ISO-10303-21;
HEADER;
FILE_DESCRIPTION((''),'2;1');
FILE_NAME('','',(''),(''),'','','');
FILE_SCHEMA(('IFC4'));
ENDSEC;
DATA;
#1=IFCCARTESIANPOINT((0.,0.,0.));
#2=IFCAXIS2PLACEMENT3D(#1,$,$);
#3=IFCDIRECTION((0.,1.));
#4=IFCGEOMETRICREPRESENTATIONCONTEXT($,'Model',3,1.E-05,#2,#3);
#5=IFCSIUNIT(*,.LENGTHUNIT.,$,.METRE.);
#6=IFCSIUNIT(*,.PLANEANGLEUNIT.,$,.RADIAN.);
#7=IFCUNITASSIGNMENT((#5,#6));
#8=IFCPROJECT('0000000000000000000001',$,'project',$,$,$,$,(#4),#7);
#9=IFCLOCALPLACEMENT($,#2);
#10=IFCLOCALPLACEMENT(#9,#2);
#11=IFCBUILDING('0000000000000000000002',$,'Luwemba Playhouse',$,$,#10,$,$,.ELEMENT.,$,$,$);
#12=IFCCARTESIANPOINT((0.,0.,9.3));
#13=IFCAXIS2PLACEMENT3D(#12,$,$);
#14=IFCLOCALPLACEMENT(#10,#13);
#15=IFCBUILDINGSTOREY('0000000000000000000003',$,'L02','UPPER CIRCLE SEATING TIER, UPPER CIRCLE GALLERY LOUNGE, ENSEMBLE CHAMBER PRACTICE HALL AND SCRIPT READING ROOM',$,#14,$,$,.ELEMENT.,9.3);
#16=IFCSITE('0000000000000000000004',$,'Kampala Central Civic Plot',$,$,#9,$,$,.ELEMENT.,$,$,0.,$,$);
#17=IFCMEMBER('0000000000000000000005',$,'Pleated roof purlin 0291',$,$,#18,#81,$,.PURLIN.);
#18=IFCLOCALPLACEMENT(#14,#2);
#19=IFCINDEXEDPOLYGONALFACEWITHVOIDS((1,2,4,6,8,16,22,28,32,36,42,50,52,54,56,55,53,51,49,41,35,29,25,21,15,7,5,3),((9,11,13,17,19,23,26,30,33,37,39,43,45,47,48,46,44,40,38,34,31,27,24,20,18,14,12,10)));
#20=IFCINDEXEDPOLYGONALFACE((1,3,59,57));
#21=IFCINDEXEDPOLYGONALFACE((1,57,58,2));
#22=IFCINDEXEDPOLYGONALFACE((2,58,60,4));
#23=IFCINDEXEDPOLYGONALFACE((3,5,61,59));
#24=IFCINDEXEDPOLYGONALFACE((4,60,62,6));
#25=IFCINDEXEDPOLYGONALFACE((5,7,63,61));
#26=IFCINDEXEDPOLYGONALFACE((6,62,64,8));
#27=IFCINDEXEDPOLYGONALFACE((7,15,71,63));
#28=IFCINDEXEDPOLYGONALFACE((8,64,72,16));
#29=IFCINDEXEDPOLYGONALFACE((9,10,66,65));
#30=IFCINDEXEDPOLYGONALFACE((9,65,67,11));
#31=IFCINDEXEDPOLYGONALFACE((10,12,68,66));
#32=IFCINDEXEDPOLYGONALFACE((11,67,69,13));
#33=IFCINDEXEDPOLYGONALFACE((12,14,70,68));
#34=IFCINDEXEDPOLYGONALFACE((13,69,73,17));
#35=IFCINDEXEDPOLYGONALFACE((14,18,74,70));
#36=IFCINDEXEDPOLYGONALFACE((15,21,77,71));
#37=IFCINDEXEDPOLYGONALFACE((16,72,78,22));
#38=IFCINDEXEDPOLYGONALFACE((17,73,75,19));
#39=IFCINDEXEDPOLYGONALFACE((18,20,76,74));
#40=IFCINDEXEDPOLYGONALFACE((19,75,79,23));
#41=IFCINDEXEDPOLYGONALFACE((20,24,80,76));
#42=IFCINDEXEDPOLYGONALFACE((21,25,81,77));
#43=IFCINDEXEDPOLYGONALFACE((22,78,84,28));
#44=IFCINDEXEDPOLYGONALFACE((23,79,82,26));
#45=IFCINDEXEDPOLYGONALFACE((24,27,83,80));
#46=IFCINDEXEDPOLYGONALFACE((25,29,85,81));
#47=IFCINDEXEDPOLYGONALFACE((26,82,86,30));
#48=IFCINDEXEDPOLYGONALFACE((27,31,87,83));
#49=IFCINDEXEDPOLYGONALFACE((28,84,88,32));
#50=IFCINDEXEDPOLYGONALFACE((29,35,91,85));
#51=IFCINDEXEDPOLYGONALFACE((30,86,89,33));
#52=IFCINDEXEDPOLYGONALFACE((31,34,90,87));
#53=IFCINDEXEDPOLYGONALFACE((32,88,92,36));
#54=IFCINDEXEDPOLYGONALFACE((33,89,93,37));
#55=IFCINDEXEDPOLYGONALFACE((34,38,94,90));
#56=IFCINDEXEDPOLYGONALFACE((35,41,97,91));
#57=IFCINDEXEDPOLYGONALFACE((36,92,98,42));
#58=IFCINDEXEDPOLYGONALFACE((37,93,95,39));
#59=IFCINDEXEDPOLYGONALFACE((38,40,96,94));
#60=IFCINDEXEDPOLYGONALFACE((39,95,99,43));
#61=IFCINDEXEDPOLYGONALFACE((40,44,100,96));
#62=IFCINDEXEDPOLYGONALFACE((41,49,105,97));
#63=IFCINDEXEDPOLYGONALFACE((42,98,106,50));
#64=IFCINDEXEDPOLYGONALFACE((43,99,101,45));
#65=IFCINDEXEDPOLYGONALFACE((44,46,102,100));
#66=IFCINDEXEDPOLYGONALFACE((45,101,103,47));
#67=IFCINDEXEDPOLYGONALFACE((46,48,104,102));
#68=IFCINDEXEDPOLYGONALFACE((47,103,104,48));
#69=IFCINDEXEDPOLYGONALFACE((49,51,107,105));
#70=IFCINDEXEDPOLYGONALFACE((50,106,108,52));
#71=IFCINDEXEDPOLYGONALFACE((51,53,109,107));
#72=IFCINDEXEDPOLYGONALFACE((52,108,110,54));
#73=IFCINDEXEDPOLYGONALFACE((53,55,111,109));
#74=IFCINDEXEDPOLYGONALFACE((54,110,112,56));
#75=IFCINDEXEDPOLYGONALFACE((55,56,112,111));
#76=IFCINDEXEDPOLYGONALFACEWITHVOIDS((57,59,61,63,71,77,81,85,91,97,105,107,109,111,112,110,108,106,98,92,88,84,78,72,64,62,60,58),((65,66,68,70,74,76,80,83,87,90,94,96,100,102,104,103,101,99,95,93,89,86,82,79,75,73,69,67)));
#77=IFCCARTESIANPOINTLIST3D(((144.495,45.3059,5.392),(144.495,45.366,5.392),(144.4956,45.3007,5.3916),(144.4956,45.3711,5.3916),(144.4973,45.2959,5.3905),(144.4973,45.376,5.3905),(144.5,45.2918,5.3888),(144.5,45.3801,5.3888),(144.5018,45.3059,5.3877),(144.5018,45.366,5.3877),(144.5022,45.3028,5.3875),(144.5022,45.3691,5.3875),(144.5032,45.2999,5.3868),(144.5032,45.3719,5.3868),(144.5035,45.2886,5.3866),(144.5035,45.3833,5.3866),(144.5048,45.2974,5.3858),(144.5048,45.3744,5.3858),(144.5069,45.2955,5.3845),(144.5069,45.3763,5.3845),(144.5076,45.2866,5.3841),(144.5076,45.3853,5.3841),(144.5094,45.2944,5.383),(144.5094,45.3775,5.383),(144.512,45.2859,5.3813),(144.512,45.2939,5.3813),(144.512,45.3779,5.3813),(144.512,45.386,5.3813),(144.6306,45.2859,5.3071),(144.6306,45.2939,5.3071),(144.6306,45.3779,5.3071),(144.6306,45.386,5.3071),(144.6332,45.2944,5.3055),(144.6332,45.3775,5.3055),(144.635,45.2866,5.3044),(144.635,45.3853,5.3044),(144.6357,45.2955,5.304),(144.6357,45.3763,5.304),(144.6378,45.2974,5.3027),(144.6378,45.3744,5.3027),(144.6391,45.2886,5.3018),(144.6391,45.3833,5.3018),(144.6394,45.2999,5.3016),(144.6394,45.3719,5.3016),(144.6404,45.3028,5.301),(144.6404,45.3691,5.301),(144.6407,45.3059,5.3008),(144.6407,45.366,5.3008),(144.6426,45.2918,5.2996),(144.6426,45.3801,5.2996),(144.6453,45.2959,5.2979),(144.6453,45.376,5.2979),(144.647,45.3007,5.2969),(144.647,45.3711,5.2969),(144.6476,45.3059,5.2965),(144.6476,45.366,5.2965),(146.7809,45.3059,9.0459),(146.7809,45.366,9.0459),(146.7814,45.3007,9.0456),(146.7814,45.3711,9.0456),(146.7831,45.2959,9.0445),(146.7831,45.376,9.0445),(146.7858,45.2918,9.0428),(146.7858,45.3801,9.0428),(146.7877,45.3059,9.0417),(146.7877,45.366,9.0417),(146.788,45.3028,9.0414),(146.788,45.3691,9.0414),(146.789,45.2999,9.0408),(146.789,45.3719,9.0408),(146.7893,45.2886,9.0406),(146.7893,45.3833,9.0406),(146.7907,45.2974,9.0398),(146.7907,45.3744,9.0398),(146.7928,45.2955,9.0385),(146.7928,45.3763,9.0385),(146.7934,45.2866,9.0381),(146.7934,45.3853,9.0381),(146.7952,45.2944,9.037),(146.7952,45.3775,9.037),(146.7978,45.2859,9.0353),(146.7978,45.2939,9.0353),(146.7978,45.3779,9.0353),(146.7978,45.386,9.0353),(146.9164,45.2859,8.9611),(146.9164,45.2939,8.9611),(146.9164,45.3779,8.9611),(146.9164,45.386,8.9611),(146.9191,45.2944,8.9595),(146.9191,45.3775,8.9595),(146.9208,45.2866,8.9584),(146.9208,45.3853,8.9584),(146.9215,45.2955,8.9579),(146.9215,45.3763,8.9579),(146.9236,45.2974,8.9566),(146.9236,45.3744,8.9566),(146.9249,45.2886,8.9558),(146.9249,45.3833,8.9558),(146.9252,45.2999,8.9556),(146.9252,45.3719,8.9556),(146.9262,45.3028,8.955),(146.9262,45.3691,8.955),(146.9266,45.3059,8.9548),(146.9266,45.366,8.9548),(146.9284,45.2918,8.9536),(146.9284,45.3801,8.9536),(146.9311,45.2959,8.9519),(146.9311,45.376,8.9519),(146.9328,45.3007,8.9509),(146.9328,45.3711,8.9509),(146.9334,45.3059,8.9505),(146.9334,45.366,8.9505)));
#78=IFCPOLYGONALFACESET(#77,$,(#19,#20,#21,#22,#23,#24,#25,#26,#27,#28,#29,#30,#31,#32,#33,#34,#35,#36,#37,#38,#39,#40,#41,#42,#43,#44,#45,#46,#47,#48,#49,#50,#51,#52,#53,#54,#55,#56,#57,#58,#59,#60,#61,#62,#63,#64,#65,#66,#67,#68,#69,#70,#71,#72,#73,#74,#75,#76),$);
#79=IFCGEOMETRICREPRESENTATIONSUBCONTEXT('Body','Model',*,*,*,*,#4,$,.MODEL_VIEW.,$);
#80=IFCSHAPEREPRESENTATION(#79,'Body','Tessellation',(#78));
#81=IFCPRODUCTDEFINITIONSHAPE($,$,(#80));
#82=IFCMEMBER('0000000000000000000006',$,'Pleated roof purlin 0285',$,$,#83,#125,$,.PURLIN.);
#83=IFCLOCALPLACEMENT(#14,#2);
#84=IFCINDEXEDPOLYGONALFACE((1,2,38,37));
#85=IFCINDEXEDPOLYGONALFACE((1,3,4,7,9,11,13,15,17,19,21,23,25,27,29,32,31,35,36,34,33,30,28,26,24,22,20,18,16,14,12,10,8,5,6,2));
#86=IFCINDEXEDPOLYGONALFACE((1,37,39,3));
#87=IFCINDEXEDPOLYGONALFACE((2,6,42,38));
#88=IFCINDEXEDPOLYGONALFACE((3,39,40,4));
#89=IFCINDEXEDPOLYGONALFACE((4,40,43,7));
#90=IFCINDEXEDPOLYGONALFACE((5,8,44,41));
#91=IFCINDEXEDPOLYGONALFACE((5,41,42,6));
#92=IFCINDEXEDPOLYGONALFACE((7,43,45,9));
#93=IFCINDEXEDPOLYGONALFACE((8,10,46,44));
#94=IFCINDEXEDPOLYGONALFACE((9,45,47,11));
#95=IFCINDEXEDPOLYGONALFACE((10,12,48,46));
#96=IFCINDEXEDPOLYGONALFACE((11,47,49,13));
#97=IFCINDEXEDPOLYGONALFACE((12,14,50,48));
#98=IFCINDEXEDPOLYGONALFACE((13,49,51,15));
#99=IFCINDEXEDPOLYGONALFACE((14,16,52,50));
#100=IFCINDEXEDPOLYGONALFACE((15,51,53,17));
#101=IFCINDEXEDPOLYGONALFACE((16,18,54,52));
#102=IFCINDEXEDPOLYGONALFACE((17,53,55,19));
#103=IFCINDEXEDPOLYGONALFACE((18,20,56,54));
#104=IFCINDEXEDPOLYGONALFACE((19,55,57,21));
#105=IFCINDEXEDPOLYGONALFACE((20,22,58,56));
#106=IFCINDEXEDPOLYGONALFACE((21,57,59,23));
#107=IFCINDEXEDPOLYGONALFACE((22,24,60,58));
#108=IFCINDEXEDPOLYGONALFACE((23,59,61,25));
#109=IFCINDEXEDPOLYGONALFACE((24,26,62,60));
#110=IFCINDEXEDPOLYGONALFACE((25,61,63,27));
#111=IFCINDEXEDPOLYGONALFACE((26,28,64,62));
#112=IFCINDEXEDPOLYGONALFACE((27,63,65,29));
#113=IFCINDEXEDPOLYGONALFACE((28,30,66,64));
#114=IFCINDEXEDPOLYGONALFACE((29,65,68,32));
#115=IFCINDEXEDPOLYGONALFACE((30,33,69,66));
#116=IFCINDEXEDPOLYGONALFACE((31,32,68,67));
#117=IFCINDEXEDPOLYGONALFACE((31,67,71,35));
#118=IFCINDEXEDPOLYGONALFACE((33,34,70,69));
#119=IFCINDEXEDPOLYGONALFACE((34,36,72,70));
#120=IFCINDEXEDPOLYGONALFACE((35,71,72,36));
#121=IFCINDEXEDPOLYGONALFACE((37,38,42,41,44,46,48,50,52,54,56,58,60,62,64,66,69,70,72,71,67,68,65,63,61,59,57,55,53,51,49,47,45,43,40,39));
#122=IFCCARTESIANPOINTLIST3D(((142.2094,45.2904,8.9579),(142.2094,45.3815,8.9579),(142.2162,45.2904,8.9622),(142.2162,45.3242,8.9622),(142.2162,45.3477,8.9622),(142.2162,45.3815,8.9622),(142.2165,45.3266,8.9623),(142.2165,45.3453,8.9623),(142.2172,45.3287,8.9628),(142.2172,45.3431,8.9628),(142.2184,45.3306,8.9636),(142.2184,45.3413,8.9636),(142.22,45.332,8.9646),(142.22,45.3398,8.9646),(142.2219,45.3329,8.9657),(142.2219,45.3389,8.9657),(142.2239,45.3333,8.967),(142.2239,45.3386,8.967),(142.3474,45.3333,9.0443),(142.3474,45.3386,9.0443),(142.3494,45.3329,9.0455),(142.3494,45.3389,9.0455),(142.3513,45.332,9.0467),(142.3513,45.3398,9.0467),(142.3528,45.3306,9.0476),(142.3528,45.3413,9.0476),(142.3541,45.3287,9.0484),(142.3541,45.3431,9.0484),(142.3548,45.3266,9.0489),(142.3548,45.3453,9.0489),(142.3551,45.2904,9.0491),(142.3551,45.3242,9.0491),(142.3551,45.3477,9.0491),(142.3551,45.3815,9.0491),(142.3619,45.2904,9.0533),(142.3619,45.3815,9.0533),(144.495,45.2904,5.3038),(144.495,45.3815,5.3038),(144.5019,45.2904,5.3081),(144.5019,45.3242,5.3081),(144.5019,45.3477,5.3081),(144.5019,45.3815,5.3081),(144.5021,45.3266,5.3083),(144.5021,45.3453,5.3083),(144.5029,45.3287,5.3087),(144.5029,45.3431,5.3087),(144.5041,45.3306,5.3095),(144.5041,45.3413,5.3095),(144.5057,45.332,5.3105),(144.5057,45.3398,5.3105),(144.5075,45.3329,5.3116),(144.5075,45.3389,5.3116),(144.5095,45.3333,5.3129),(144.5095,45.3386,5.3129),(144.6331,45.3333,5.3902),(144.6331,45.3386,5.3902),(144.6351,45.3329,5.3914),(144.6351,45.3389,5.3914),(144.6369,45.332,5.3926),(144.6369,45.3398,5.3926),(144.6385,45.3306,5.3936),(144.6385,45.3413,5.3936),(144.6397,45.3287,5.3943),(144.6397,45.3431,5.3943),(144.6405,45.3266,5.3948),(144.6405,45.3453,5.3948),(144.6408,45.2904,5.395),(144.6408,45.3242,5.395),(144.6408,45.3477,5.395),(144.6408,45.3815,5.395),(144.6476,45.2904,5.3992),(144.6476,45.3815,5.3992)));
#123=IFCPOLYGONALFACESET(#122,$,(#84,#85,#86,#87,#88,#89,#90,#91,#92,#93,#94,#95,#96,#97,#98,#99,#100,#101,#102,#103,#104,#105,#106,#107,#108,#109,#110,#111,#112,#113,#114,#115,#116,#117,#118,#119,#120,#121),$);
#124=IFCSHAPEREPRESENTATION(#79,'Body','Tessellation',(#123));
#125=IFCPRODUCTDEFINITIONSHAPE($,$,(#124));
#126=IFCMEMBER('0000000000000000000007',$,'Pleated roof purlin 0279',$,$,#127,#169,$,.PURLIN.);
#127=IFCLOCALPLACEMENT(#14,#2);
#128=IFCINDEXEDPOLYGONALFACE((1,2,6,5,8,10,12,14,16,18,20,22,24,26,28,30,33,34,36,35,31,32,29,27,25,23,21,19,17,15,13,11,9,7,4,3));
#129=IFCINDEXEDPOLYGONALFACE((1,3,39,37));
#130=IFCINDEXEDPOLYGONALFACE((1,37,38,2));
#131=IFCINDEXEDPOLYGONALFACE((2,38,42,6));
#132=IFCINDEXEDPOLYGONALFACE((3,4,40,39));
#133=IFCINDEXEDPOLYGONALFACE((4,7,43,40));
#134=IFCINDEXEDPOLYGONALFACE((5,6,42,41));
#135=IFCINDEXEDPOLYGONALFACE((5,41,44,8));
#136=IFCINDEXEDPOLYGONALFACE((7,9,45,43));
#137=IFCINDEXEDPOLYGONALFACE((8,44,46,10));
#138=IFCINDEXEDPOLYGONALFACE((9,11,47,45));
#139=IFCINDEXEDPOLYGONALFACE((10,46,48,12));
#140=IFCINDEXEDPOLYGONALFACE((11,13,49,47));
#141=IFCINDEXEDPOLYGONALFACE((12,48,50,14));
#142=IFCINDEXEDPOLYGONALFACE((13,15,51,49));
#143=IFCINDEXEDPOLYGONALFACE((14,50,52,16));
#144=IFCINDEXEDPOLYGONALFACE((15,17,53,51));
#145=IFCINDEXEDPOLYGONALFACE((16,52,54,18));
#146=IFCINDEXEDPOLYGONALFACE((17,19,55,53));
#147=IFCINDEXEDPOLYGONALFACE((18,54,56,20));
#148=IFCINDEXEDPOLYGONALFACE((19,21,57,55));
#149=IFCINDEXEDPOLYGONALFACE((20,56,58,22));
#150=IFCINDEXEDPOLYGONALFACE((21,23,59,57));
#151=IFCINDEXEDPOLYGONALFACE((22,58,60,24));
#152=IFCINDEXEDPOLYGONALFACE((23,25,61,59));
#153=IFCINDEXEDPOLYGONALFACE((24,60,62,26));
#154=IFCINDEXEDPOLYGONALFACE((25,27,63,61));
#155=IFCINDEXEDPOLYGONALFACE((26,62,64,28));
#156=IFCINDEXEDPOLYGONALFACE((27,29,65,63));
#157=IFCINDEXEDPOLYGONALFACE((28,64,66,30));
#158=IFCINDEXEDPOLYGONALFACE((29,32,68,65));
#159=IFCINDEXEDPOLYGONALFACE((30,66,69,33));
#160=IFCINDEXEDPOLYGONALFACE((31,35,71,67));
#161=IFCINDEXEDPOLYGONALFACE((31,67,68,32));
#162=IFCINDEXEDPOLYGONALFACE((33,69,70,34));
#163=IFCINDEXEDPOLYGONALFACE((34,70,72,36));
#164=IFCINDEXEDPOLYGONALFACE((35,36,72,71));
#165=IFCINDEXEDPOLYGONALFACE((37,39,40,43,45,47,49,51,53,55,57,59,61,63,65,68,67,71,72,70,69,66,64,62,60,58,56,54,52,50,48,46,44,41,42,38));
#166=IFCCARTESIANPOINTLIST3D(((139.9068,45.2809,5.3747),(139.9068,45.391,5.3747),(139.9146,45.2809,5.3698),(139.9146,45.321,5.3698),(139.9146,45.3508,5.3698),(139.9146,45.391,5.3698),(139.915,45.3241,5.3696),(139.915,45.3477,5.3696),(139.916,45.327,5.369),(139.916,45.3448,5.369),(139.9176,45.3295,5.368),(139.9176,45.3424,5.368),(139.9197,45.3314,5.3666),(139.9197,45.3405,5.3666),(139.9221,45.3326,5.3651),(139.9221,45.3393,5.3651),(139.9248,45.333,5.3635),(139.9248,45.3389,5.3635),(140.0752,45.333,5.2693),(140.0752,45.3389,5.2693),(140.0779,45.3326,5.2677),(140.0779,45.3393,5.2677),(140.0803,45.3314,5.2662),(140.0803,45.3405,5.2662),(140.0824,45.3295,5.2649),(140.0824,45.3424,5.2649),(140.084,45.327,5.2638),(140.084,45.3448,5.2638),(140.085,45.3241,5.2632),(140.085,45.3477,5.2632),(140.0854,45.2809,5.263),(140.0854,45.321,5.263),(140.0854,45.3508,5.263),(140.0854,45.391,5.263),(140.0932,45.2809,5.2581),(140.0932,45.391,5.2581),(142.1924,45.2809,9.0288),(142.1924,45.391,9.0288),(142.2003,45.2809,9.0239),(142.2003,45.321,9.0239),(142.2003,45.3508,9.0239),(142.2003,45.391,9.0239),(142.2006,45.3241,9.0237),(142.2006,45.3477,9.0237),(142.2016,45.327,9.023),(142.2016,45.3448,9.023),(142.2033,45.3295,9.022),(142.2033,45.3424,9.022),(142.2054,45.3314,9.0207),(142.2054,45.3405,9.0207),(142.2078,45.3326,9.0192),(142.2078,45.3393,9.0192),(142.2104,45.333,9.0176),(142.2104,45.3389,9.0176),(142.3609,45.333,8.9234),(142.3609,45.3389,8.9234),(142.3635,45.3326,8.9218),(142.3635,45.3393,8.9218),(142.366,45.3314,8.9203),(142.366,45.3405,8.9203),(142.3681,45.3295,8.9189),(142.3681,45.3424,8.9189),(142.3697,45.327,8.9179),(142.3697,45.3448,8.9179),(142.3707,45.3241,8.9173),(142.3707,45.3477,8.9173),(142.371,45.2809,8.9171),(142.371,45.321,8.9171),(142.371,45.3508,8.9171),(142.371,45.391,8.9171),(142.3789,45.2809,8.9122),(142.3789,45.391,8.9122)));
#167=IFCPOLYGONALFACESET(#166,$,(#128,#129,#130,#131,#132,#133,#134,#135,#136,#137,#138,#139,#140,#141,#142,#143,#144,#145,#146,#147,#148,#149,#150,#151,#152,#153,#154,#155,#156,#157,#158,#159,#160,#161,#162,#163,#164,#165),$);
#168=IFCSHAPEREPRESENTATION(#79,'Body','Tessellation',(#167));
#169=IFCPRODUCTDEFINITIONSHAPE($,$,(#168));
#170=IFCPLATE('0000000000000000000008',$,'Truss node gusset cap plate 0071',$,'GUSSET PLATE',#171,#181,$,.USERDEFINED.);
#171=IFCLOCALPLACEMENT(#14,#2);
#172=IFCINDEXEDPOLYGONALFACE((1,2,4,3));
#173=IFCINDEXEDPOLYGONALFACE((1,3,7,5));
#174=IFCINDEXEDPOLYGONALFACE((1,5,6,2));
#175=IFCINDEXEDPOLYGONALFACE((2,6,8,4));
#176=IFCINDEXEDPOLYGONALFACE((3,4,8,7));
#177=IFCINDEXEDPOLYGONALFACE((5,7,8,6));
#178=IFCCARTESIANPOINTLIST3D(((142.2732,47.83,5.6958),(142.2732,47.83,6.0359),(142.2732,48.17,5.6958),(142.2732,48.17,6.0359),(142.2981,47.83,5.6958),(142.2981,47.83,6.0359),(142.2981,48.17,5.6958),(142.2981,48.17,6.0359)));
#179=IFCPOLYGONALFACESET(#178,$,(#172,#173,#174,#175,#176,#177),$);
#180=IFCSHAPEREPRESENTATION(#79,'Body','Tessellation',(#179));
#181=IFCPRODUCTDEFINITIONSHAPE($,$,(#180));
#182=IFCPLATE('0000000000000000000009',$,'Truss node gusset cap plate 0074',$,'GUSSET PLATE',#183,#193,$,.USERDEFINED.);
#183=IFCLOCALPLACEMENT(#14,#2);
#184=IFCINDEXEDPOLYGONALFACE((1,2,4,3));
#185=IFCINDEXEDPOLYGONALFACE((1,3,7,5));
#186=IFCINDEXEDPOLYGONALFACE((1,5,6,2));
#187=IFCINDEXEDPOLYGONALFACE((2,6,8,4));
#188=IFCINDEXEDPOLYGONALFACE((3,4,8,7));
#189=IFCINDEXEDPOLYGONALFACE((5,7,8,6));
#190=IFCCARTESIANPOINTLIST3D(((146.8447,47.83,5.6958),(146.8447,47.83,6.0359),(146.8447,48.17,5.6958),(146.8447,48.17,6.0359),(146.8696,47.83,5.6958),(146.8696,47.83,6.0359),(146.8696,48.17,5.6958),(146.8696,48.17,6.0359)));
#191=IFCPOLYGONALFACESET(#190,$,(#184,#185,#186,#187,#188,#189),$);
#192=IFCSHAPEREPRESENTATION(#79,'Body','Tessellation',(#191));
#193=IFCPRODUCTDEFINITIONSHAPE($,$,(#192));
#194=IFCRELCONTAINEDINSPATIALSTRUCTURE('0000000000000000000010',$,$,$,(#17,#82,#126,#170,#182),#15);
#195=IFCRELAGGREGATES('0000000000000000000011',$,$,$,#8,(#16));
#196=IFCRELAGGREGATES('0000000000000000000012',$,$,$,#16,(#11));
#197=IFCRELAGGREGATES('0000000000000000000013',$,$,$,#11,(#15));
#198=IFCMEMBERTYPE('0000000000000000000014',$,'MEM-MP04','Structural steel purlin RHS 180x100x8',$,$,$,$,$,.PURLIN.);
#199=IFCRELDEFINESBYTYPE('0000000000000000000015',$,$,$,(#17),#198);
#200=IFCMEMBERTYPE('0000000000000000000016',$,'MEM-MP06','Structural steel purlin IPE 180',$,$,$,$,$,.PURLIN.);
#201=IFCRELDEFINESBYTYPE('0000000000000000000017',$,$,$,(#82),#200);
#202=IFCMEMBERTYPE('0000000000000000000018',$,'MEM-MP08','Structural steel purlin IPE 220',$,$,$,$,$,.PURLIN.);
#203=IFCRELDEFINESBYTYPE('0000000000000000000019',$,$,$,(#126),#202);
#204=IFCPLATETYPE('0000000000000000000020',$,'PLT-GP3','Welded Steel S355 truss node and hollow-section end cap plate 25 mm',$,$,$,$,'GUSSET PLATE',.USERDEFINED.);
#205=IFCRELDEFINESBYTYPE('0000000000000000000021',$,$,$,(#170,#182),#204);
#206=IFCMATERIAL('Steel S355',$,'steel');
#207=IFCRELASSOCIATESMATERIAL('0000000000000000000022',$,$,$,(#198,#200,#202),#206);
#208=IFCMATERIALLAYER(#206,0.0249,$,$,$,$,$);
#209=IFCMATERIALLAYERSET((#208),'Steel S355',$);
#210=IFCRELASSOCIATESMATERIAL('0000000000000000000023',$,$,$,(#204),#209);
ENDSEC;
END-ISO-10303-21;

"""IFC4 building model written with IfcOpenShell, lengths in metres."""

from ifc_helpers import new_model, si_unit, direction, frame, origin, origin_2d, place, context, subcontext, project, spatial, rectangle, hollow_rectangle, i_section, extrude, material, layer, layer_set, material_profile, profile_set, type_object, element, save


model = new_model("IFC4")

# Units and contexts
model_context = context("Model", 3, precision=1e-05, world=origin(), true_north=direction((0.0, 1.0)))
body_context = subcontext(model_context, "Body", "Model", "MODEL_VIEW")
ifc_project = project(units=[si_unit("LENGTHUNIT", "METRE"), si_unit("PLANEANGLEUNIT", "RADIAN")], contexts=[model_context])

# Site, building, storey
site_placement = place(None, origin())
site = spatial("IfcSite", under=ifc_project, at=site_placement, Name="Kampala Central Civic Plot", CompositionType="ELEMENT", RefElevation=0.0)
building_placement = place(site_placement, origin())
building = spatial("IfcBuilding", under=site, at=building_placement, Name="Luwemba Playhouse", CompositionType="ELEMENT")
storey_placement = place(building_placement, frame((0.0, 0.0, 9.3)))
storey = spatial("IfcBuildingStorey", under=building, at=storey_placement, Name="L02", Description="UPPER CIRCLE SEATING TIER, UPPER CIRCLE GALLERY LOUNGE, ENSEMBLE CHAMBER PRACTICE HALL AND SCRIPT READING ROOM", CompositionType="ELEMENT", Elevation=9.3)

# Shared definitions
ifc_material_1 = material(Name="Steel S355", Category="steel")

# Members
ifc_material_profile_1 = material_profile(ifc_material_1, hollow_rectangle(XDim=0.1001, YDim=0.1799, WallThickness=0.0081, InnerFilletRadius=0.012, OuterFilletRadius=0.02, at=origin_2d()))
ifc_profile_set_1 = profile_set([ifc_material_profile_1], Name="Steel S355")
member_type_1 = type_object("IfcMemberType", Name="MEM-MP04", Description="Structural steel purlin RHS 180x100x8", PredefinedType="PURLIN", material=ifc_profile_set_1)
member_1_placement = place(storey_placement, frame((144.5713, 45.3359, 5.3442), z_axis=(0.53035, 0.0, 0.847779), x_axis=(0.0, 1.0, 0.0)))
element("IfcMember", 1, at=member_1_placement, inside=storey, type_object=member_type_1, Name="Pleated roof purlin 0291", PredefinedType="PURLIN", context=body_context, shape_type="SweptSolid", body=[
    extrude(hollow_rectangle(XDim=0.1001, YDim=0.1799, WallThickness=0.0081, InnerFilletRadius=0.012, OuterFilletRadius=0.02, at=origin_2d()), origin(), (0.0, 0.0, 1.0), 4.3101),
])
ifc_material_profile_2 = material_profile(ifc_material_1, i_section(OverallWidth=0.0911, OverallDepth=0.1799, WebThickness=0.0054, FlangeThickness=0.0081, FilletRadius=0.009, at=origin_2d()))
ifc_profile_set_2 = profile_set([ifc_material_profile_2], Name="Steel S355")
member_type_2 = type_object("IfcMemberType", Name="MEM-MP06", Description="Structural steel purlin IPE 180", PredefinedType="PURLIN", material=ifc_profile_set_2)
member_2_placement = place(storey_placement, frame((142.2856, 45.3359, 9.0056), z_axis=(0.530309, 0.0, -0.847804), x_axis=(0.0, 1.0, 0.0)))
element("IfcMember", 2, at=member_2_placement, inside=storey, type_object=member_type_2, Name="Pleated roof purlin 0285", PredefinedType="PURLIN", context=body_context, shape_type="SweptSolid", body=[
    extrude(i_section(OverallWidth=0.0911, OverallDepth=0.1799, WebThickness=0.0054, FlangeThickness=0.0081, FilletRadius=0.009, at=origin_2d()), origin(), (0.0, 0.0, 1.0), 4.3101),
])
ifc_material_profile_3 = material_profile(ifc_material_1, i_section(OverallWidth=0.1101, OverallDepth=0.22, WebThickness=0.0059, FlangeThickness=0.0093, FilletRadius=0.012, at=origin_2d()))
ifc_profile_set_3 = profile_set([ifc_material_profile_3], Name="Steel S355")
member_type_3 = type_object("IfcMemberType", Name="MEM-MP08", Description="Structural steel purlin IPE 220", PredefinedType="PURLIN", material=ifc_profile_set_3)
member_3_placement = place(storey_placement, frame((140.0, 45.3359, 5.3164), z_axis=(0.530309, 0.0, 0.847804), x_axis=(0.0, 1.0, 0.0)))
element("IfcMember", 3, at=member_3_placement, inside=storey, type_object=member_type_3, Name="Pleated roof purlin 0279", PredefinedType="PURLIN", context=body_context, shape_type="SweptSolid", body=[
    extrude(i_section(OverallWidth=0.1101, OverallDepth=0.22, WebThickness=0.0059, FlangeThickness=0.0093, FilletRadius=0.012, at=origin_2d()), origin(), (0.0, 0.0, 1.0), 4.3101),
])

# Plates
ifc_layer_1 = layer(ifc_material_1, 0.0249)
ifc_layer_set_1 = layer_set([ifc_layer_1], Name="Steel S355")
plate_type = type_object("IfcPlateType", Name="PLT-GP3", Description="Welded Steel S355 truss node and hollow-section end cap plate 25 mm", ElementType="GUSSET PLATE", PredefinedType="USERDEFINED", material=ifc_layer_set_1)
for number, where, z_axis, x_axis, name in (
    (4, (142.2856, 48.0, 5.6958), (0.0, 0.0, 1.0), (1.0, 0.0, 0.0), "Truss node gusset cap plate 0071"),
    (5, (146.8572, 48.0, 5.6958), (0.0, 0.0, 1.0), (1.0, 0.0, 0.0), "Truss node gusset cap plate 0074"),
):
    element("IfcPlate", number, at=place(storey_placement, frame(where, z_axis=z_axis, x_axis=x_axis)), inside=storey, type_object=plate_type, Name=name, ObjectType="GUSSET PLATE", PredefinedType="USERDEFINED", context=body_context, shape_type="SweptSolid", body=[
        extrude(rectangle(XDim=0.0249, YDim=0.3401, at=origin_2d()), origin(), (0.0, 0.0, 1.0), 0.3401),
    ])

save(model, "model.ifc")
